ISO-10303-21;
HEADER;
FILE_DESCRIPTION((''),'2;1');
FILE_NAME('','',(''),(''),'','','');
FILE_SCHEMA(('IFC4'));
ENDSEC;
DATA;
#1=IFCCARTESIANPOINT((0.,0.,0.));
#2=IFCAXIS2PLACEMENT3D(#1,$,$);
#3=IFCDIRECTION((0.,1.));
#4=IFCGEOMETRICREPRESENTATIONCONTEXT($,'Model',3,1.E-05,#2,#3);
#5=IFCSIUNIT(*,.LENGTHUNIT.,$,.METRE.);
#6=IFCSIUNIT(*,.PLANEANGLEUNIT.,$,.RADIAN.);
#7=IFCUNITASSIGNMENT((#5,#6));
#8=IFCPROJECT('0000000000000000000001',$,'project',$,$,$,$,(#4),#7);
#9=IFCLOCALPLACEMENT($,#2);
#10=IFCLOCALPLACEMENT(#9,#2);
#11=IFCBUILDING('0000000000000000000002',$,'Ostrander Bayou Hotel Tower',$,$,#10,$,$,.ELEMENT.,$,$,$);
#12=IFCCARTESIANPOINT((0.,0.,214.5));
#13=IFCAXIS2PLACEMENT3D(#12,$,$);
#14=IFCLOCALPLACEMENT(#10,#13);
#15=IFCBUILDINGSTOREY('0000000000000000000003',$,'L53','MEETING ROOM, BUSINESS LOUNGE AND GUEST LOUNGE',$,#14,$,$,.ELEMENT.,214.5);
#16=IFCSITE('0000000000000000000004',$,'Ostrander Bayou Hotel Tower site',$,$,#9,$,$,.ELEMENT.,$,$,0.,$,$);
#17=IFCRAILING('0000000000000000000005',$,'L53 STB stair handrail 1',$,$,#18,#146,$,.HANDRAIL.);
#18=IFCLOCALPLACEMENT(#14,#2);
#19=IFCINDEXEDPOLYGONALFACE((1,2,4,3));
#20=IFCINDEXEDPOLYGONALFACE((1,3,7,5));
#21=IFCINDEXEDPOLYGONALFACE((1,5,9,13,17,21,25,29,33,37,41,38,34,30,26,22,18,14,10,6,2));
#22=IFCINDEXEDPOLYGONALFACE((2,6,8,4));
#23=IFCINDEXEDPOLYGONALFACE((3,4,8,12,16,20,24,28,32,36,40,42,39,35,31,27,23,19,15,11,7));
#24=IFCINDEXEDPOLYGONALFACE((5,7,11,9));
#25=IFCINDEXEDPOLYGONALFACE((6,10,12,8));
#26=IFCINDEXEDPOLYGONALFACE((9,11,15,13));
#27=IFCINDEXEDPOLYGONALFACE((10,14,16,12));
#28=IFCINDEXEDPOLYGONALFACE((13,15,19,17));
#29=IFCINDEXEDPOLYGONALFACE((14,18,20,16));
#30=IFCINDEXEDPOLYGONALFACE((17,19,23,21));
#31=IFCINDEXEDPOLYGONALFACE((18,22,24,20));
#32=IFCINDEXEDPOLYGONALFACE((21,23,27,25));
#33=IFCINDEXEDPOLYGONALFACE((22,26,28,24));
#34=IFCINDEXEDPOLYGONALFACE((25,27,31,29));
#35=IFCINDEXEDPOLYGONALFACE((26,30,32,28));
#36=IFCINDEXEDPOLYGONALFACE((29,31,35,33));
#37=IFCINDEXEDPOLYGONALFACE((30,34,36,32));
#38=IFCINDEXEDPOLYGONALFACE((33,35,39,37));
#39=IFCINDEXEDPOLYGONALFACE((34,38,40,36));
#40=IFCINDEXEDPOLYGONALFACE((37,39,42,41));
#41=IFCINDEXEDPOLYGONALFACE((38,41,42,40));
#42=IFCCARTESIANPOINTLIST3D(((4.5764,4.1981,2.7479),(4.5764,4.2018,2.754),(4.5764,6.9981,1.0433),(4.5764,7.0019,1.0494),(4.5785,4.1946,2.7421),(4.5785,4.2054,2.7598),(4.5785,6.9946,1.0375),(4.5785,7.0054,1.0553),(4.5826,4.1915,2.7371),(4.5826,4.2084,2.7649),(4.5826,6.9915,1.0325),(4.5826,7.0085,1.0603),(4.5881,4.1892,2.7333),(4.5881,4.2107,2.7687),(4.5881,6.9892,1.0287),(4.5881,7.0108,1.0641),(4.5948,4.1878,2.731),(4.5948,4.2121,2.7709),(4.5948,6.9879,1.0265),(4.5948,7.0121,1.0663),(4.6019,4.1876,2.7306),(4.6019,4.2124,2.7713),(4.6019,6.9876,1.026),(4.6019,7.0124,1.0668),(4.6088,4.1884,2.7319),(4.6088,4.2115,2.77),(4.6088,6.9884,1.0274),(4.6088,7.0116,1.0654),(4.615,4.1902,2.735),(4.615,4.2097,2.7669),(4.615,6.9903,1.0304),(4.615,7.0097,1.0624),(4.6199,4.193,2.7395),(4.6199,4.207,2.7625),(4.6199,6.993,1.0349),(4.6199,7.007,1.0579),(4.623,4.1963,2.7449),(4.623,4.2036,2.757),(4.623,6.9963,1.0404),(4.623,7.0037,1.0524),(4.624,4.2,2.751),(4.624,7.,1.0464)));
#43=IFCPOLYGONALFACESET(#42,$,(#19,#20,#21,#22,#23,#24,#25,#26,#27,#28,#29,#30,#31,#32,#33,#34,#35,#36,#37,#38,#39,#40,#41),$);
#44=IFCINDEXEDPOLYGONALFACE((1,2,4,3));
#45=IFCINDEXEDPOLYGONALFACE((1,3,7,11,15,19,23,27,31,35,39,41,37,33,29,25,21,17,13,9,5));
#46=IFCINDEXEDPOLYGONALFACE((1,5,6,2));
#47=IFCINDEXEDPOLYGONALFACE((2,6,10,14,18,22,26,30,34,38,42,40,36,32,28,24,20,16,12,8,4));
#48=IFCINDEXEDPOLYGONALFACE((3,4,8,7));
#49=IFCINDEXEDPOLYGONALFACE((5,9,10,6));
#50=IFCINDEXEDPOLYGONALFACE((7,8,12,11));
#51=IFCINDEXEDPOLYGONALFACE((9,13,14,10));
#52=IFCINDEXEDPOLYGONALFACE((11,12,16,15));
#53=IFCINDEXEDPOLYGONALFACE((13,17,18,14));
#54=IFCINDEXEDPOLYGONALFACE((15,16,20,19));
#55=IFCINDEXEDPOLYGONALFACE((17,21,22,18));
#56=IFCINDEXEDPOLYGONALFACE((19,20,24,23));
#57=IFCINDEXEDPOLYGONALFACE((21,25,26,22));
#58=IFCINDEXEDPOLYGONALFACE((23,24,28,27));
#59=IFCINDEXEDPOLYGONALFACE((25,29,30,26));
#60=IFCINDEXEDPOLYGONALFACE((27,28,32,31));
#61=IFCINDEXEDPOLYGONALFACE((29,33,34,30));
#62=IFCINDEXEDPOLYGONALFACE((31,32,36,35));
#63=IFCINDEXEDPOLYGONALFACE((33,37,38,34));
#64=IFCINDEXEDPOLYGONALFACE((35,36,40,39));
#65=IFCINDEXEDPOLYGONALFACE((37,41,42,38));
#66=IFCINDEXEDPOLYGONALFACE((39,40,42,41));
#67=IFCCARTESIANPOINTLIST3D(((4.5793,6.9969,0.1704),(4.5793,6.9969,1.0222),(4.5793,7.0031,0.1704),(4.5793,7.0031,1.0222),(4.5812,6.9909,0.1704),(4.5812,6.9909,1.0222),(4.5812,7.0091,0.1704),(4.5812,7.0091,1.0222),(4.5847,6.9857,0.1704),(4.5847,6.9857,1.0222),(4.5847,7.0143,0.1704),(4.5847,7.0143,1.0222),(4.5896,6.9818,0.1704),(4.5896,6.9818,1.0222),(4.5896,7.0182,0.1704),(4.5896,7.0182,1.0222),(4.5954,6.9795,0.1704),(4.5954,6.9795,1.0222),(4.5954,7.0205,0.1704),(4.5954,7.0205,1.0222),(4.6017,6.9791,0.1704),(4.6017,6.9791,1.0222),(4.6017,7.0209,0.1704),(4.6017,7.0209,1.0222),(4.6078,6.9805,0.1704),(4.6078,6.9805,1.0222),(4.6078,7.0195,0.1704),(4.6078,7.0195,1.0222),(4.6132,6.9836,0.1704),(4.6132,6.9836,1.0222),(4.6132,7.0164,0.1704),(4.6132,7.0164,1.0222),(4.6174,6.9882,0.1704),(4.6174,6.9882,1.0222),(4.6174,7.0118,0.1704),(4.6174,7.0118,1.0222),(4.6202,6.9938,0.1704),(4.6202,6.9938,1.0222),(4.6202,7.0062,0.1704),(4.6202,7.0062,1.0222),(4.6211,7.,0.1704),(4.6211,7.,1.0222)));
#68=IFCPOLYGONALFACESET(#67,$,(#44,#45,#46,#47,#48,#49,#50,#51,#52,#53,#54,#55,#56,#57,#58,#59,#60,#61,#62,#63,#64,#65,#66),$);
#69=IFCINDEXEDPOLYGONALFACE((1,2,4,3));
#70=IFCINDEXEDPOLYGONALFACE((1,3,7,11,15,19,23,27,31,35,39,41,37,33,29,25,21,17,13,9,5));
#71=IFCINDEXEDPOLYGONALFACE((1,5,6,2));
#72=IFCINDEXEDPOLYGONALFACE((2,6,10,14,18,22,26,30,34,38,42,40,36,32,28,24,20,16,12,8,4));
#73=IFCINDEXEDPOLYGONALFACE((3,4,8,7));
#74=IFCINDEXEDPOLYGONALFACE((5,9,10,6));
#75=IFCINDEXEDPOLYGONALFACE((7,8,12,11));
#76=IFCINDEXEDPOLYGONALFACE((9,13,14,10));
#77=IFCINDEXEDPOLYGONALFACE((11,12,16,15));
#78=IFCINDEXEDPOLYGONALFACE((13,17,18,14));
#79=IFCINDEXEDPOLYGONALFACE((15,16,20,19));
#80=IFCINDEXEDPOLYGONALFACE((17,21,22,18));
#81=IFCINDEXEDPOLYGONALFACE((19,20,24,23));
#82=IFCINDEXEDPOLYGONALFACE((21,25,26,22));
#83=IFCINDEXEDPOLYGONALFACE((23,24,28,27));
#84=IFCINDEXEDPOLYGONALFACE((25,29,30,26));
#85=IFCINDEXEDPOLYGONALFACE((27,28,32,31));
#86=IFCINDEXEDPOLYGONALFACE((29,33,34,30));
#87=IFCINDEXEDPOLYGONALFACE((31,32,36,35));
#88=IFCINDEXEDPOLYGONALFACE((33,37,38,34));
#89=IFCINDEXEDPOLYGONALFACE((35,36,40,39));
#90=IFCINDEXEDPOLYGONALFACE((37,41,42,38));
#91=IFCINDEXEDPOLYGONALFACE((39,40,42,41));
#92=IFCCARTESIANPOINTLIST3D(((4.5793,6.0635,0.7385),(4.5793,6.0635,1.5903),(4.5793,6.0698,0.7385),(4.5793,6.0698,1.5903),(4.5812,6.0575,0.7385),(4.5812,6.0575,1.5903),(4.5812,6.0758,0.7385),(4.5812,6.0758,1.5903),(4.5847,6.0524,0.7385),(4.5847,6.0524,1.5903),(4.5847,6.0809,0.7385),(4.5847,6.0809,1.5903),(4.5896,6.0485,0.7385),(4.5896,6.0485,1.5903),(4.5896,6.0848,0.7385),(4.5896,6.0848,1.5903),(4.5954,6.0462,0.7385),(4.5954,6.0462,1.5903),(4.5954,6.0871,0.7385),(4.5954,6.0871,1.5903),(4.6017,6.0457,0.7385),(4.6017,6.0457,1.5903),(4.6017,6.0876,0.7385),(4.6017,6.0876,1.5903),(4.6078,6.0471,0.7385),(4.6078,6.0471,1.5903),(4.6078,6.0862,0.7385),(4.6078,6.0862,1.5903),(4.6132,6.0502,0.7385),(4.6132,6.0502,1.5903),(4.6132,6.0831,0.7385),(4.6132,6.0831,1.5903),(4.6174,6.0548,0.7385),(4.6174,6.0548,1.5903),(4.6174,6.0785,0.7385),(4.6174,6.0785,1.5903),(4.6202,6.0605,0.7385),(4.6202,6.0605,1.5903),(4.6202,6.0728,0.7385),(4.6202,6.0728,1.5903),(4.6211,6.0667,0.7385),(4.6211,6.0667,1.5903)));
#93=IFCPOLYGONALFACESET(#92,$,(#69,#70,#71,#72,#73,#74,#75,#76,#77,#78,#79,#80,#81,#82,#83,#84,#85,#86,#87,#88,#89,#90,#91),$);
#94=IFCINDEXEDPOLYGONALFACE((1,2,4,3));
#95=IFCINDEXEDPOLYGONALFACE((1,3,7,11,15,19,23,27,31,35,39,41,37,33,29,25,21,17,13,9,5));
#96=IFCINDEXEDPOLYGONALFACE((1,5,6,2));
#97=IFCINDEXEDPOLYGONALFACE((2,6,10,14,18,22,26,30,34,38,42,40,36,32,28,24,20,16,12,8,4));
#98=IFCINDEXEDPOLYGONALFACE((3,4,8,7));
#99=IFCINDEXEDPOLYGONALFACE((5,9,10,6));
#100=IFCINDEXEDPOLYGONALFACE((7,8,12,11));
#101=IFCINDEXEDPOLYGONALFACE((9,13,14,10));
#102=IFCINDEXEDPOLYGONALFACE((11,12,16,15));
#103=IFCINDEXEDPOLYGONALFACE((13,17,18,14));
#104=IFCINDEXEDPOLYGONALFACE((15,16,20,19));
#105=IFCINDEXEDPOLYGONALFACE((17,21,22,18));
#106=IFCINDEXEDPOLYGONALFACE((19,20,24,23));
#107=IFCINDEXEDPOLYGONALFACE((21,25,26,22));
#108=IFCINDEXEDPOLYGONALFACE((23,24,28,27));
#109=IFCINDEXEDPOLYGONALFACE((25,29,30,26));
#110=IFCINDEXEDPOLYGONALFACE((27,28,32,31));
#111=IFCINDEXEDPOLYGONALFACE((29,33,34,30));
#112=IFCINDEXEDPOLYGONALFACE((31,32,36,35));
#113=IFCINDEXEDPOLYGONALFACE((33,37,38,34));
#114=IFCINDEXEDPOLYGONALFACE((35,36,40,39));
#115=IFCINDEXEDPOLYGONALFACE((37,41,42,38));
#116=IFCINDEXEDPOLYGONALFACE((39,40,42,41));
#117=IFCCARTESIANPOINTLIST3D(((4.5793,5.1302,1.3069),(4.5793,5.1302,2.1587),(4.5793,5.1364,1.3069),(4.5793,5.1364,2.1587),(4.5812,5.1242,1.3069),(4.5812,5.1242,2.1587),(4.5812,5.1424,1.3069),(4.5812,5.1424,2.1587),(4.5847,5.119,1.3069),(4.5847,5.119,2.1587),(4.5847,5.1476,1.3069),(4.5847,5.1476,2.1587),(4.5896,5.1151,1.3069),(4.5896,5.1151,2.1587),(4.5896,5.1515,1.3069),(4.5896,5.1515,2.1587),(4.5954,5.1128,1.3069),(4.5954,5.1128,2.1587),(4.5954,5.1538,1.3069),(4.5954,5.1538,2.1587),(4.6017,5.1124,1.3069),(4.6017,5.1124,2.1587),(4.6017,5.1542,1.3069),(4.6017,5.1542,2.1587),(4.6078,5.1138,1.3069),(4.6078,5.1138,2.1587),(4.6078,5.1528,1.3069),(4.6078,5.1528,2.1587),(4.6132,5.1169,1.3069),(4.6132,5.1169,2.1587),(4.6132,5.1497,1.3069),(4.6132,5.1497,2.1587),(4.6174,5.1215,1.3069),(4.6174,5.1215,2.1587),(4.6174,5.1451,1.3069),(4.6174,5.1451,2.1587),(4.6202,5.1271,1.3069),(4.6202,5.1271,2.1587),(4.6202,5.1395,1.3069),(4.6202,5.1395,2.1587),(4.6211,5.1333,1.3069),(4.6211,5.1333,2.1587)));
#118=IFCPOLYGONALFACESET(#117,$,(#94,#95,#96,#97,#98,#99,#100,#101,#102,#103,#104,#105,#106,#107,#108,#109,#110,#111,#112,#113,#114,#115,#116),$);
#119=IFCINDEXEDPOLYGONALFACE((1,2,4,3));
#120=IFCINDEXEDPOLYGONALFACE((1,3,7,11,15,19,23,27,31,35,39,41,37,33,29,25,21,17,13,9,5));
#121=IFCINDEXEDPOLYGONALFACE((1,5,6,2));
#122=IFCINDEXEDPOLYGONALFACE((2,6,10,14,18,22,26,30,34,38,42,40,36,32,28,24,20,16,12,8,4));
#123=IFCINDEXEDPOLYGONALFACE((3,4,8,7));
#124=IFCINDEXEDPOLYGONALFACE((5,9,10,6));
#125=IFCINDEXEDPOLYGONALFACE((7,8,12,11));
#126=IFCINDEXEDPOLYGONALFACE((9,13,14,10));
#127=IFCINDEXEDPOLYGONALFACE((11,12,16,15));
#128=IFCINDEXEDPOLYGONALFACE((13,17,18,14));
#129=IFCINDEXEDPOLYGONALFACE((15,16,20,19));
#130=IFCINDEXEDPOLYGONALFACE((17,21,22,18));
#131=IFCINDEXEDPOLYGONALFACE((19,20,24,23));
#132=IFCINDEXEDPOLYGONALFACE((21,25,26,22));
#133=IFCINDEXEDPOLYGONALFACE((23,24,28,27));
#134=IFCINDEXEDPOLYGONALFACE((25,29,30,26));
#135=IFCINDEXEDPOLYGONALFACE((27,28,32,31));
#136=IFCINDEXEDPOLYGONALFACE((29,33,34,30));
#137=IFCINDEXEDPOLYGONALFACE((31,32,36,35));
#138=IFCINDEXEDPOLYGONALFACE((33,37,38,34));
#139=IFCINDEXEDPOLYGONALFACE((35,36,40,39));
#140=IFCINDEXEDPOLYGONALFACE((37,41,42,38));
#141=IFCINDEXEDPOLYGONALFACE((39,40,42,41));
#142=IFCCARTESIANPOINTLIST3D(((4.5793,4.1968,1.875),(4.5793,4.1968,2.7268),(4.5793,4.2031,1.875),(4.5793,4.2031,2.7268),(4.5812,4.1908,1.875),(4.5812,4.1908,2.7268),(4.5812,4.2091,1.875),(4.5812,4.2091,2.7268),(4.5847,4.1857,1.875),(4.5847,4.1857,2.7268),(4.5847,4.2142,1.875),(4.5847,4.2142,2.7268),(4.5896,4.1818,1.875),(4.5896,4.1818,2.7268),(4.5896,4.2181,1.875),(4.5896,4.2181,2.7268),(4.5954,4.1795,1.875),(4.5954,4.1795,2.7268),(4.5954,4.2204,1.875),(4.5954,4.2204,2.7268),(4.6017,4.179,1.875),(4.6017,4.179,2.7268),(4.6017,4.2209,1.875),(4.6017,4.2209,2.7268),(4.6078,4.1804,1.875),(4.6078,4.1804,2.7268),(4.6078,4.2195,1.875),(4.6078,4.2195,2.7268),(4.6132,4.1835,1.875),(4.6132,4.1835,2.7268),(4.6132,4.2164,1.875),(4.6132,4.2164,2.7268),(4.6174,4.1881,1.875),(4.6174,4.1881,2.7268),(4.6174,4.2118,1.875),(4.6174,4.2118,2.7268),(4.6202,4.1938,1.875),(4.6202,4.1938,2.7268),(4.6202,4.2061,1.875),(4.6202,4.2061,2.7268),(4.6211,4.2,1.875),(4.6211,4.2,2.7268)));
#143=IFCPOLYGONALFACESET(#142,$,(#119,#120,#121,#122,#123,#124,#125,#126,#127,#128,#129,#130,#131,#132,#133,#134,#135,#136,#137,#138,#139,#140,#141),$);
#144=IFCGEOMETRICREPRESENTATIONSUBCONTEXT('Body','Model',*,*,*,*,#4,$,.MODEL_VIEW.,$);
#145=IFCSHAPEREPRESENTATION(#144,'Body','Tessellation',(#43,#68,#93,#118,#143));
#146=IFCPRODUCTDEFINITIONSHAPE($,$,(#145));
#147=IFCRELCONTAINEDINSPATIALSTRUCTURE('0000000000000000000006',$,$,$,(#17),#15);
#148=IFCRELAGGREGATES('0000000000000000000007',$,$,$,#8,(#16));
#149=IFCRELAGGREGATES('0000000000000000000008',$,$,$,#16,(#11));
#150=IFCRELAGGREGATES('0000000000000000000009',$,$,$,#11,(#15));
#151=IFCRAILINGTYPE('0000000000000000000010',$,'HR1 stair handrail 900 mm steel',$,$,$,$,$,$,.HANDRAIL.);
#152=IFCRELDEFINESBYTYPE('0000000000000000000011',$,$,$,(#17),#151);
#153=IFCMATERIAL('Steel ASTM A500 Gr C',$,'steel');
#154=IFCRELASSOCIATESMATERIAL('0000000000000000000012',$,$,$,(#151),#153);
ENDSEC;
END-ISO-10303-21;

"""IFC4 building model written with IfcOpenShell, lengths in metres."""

from ifc_helpers import new_model, si_unit, direction, frame, origin, origin_2d, place, context, subcontext, project, spatial, circle, extrude, material, type_object, element, save


model = new_model("IFC4")

# Units and contexts
model_context = context("Model", 3, precision=1e-05, world=origin(), true_north=direction((0.0, 1.0)))
body_context = subcontext(model_context, "Body", "Model", "MODEL_VIEW")
ifc_project = project(units=[si_unit("LENGTHUNIT", "METRE"), si_unit("PLANEANGLEUNIT", "RADIAN")], contexts=[model_context])

# Site, building, storey
site_placement = place(None, origin())
site = spatial("IfcSite", under=ifc_project, at=site_placement, Name="Ostrander Bayou Hotel Tower site", CompositionType="ELEMENT", RefElevation=0.0)
building_placement = place(site_placement, origin())
building = spatial("IfcBuilding", under=site, at=building_placement, Name="Ostrander Bayou Hotel Tower", CompositionType="ELEMENT")
storey_placement = place(building_placement, frame((0.0, 0.0, 214.5)))
storey = spatial("IfcBuildingStorey", under=building, at=storey_placement, Name="L53", Description="MEETING ROOM, BUSINESS LOUNGE AND GUEST LOUNGE", CompositionType="ELEMENT", Elevation=214.5)

# Railing
ifc_material_1 = material(Name="Steel ASTM A500 Gr C", Category="steel")
railing_type_1 = type_object("IfcRailingType", Name="HR1 stair handrail 900 mm steel", PredefinedType="HANDRAIL", material=ifc_material_1)
railing_1_placement = place(storey_placement, frame((4.6001, 7.0, 0.1704)))
element("IfcRailing", 1, at=railing_1_placement, inside=storey, type_object=railing_type_1, Name="L53 STB stair handrail 1", PredefinedType="HANDRAIL", context=body_context, shape_type="SweptSolid", body=[
    extrude(circle(Radius=0.0239, at=origin_2d()), frame((0.0, 0.0, 0.876), z_axis=(0.0, -0.85417, 0.519994), x_axis=(1.0, 0.0, 0.0)), (0.0, 0.0, 1.0), 3.2781),
    extrude(circle(Radius=0.021, at=origin_2d()), origin(), (0.0, 0.0, 1.0), 0.8518),
    extrude(circle(Radius=0.021, at=origin_2d()), frame((0.0, -0.9333, 0.5681)), (0.0, 0.0, 1.0), 0.8518),
    extrude(circle(Radius=0.021, at=origin_2d()), frame((0.0, -1.8667, 1.1365)), (0.0, 0.0, 1.0), 0.8518),
    extrude(circle(Radius=0.021, at=origin_2d()), frame((0.0, -2.8, 1.7046)), (0.0, 0.0, 1.0), 0.8518),
])

save(model, "model.ifc")
